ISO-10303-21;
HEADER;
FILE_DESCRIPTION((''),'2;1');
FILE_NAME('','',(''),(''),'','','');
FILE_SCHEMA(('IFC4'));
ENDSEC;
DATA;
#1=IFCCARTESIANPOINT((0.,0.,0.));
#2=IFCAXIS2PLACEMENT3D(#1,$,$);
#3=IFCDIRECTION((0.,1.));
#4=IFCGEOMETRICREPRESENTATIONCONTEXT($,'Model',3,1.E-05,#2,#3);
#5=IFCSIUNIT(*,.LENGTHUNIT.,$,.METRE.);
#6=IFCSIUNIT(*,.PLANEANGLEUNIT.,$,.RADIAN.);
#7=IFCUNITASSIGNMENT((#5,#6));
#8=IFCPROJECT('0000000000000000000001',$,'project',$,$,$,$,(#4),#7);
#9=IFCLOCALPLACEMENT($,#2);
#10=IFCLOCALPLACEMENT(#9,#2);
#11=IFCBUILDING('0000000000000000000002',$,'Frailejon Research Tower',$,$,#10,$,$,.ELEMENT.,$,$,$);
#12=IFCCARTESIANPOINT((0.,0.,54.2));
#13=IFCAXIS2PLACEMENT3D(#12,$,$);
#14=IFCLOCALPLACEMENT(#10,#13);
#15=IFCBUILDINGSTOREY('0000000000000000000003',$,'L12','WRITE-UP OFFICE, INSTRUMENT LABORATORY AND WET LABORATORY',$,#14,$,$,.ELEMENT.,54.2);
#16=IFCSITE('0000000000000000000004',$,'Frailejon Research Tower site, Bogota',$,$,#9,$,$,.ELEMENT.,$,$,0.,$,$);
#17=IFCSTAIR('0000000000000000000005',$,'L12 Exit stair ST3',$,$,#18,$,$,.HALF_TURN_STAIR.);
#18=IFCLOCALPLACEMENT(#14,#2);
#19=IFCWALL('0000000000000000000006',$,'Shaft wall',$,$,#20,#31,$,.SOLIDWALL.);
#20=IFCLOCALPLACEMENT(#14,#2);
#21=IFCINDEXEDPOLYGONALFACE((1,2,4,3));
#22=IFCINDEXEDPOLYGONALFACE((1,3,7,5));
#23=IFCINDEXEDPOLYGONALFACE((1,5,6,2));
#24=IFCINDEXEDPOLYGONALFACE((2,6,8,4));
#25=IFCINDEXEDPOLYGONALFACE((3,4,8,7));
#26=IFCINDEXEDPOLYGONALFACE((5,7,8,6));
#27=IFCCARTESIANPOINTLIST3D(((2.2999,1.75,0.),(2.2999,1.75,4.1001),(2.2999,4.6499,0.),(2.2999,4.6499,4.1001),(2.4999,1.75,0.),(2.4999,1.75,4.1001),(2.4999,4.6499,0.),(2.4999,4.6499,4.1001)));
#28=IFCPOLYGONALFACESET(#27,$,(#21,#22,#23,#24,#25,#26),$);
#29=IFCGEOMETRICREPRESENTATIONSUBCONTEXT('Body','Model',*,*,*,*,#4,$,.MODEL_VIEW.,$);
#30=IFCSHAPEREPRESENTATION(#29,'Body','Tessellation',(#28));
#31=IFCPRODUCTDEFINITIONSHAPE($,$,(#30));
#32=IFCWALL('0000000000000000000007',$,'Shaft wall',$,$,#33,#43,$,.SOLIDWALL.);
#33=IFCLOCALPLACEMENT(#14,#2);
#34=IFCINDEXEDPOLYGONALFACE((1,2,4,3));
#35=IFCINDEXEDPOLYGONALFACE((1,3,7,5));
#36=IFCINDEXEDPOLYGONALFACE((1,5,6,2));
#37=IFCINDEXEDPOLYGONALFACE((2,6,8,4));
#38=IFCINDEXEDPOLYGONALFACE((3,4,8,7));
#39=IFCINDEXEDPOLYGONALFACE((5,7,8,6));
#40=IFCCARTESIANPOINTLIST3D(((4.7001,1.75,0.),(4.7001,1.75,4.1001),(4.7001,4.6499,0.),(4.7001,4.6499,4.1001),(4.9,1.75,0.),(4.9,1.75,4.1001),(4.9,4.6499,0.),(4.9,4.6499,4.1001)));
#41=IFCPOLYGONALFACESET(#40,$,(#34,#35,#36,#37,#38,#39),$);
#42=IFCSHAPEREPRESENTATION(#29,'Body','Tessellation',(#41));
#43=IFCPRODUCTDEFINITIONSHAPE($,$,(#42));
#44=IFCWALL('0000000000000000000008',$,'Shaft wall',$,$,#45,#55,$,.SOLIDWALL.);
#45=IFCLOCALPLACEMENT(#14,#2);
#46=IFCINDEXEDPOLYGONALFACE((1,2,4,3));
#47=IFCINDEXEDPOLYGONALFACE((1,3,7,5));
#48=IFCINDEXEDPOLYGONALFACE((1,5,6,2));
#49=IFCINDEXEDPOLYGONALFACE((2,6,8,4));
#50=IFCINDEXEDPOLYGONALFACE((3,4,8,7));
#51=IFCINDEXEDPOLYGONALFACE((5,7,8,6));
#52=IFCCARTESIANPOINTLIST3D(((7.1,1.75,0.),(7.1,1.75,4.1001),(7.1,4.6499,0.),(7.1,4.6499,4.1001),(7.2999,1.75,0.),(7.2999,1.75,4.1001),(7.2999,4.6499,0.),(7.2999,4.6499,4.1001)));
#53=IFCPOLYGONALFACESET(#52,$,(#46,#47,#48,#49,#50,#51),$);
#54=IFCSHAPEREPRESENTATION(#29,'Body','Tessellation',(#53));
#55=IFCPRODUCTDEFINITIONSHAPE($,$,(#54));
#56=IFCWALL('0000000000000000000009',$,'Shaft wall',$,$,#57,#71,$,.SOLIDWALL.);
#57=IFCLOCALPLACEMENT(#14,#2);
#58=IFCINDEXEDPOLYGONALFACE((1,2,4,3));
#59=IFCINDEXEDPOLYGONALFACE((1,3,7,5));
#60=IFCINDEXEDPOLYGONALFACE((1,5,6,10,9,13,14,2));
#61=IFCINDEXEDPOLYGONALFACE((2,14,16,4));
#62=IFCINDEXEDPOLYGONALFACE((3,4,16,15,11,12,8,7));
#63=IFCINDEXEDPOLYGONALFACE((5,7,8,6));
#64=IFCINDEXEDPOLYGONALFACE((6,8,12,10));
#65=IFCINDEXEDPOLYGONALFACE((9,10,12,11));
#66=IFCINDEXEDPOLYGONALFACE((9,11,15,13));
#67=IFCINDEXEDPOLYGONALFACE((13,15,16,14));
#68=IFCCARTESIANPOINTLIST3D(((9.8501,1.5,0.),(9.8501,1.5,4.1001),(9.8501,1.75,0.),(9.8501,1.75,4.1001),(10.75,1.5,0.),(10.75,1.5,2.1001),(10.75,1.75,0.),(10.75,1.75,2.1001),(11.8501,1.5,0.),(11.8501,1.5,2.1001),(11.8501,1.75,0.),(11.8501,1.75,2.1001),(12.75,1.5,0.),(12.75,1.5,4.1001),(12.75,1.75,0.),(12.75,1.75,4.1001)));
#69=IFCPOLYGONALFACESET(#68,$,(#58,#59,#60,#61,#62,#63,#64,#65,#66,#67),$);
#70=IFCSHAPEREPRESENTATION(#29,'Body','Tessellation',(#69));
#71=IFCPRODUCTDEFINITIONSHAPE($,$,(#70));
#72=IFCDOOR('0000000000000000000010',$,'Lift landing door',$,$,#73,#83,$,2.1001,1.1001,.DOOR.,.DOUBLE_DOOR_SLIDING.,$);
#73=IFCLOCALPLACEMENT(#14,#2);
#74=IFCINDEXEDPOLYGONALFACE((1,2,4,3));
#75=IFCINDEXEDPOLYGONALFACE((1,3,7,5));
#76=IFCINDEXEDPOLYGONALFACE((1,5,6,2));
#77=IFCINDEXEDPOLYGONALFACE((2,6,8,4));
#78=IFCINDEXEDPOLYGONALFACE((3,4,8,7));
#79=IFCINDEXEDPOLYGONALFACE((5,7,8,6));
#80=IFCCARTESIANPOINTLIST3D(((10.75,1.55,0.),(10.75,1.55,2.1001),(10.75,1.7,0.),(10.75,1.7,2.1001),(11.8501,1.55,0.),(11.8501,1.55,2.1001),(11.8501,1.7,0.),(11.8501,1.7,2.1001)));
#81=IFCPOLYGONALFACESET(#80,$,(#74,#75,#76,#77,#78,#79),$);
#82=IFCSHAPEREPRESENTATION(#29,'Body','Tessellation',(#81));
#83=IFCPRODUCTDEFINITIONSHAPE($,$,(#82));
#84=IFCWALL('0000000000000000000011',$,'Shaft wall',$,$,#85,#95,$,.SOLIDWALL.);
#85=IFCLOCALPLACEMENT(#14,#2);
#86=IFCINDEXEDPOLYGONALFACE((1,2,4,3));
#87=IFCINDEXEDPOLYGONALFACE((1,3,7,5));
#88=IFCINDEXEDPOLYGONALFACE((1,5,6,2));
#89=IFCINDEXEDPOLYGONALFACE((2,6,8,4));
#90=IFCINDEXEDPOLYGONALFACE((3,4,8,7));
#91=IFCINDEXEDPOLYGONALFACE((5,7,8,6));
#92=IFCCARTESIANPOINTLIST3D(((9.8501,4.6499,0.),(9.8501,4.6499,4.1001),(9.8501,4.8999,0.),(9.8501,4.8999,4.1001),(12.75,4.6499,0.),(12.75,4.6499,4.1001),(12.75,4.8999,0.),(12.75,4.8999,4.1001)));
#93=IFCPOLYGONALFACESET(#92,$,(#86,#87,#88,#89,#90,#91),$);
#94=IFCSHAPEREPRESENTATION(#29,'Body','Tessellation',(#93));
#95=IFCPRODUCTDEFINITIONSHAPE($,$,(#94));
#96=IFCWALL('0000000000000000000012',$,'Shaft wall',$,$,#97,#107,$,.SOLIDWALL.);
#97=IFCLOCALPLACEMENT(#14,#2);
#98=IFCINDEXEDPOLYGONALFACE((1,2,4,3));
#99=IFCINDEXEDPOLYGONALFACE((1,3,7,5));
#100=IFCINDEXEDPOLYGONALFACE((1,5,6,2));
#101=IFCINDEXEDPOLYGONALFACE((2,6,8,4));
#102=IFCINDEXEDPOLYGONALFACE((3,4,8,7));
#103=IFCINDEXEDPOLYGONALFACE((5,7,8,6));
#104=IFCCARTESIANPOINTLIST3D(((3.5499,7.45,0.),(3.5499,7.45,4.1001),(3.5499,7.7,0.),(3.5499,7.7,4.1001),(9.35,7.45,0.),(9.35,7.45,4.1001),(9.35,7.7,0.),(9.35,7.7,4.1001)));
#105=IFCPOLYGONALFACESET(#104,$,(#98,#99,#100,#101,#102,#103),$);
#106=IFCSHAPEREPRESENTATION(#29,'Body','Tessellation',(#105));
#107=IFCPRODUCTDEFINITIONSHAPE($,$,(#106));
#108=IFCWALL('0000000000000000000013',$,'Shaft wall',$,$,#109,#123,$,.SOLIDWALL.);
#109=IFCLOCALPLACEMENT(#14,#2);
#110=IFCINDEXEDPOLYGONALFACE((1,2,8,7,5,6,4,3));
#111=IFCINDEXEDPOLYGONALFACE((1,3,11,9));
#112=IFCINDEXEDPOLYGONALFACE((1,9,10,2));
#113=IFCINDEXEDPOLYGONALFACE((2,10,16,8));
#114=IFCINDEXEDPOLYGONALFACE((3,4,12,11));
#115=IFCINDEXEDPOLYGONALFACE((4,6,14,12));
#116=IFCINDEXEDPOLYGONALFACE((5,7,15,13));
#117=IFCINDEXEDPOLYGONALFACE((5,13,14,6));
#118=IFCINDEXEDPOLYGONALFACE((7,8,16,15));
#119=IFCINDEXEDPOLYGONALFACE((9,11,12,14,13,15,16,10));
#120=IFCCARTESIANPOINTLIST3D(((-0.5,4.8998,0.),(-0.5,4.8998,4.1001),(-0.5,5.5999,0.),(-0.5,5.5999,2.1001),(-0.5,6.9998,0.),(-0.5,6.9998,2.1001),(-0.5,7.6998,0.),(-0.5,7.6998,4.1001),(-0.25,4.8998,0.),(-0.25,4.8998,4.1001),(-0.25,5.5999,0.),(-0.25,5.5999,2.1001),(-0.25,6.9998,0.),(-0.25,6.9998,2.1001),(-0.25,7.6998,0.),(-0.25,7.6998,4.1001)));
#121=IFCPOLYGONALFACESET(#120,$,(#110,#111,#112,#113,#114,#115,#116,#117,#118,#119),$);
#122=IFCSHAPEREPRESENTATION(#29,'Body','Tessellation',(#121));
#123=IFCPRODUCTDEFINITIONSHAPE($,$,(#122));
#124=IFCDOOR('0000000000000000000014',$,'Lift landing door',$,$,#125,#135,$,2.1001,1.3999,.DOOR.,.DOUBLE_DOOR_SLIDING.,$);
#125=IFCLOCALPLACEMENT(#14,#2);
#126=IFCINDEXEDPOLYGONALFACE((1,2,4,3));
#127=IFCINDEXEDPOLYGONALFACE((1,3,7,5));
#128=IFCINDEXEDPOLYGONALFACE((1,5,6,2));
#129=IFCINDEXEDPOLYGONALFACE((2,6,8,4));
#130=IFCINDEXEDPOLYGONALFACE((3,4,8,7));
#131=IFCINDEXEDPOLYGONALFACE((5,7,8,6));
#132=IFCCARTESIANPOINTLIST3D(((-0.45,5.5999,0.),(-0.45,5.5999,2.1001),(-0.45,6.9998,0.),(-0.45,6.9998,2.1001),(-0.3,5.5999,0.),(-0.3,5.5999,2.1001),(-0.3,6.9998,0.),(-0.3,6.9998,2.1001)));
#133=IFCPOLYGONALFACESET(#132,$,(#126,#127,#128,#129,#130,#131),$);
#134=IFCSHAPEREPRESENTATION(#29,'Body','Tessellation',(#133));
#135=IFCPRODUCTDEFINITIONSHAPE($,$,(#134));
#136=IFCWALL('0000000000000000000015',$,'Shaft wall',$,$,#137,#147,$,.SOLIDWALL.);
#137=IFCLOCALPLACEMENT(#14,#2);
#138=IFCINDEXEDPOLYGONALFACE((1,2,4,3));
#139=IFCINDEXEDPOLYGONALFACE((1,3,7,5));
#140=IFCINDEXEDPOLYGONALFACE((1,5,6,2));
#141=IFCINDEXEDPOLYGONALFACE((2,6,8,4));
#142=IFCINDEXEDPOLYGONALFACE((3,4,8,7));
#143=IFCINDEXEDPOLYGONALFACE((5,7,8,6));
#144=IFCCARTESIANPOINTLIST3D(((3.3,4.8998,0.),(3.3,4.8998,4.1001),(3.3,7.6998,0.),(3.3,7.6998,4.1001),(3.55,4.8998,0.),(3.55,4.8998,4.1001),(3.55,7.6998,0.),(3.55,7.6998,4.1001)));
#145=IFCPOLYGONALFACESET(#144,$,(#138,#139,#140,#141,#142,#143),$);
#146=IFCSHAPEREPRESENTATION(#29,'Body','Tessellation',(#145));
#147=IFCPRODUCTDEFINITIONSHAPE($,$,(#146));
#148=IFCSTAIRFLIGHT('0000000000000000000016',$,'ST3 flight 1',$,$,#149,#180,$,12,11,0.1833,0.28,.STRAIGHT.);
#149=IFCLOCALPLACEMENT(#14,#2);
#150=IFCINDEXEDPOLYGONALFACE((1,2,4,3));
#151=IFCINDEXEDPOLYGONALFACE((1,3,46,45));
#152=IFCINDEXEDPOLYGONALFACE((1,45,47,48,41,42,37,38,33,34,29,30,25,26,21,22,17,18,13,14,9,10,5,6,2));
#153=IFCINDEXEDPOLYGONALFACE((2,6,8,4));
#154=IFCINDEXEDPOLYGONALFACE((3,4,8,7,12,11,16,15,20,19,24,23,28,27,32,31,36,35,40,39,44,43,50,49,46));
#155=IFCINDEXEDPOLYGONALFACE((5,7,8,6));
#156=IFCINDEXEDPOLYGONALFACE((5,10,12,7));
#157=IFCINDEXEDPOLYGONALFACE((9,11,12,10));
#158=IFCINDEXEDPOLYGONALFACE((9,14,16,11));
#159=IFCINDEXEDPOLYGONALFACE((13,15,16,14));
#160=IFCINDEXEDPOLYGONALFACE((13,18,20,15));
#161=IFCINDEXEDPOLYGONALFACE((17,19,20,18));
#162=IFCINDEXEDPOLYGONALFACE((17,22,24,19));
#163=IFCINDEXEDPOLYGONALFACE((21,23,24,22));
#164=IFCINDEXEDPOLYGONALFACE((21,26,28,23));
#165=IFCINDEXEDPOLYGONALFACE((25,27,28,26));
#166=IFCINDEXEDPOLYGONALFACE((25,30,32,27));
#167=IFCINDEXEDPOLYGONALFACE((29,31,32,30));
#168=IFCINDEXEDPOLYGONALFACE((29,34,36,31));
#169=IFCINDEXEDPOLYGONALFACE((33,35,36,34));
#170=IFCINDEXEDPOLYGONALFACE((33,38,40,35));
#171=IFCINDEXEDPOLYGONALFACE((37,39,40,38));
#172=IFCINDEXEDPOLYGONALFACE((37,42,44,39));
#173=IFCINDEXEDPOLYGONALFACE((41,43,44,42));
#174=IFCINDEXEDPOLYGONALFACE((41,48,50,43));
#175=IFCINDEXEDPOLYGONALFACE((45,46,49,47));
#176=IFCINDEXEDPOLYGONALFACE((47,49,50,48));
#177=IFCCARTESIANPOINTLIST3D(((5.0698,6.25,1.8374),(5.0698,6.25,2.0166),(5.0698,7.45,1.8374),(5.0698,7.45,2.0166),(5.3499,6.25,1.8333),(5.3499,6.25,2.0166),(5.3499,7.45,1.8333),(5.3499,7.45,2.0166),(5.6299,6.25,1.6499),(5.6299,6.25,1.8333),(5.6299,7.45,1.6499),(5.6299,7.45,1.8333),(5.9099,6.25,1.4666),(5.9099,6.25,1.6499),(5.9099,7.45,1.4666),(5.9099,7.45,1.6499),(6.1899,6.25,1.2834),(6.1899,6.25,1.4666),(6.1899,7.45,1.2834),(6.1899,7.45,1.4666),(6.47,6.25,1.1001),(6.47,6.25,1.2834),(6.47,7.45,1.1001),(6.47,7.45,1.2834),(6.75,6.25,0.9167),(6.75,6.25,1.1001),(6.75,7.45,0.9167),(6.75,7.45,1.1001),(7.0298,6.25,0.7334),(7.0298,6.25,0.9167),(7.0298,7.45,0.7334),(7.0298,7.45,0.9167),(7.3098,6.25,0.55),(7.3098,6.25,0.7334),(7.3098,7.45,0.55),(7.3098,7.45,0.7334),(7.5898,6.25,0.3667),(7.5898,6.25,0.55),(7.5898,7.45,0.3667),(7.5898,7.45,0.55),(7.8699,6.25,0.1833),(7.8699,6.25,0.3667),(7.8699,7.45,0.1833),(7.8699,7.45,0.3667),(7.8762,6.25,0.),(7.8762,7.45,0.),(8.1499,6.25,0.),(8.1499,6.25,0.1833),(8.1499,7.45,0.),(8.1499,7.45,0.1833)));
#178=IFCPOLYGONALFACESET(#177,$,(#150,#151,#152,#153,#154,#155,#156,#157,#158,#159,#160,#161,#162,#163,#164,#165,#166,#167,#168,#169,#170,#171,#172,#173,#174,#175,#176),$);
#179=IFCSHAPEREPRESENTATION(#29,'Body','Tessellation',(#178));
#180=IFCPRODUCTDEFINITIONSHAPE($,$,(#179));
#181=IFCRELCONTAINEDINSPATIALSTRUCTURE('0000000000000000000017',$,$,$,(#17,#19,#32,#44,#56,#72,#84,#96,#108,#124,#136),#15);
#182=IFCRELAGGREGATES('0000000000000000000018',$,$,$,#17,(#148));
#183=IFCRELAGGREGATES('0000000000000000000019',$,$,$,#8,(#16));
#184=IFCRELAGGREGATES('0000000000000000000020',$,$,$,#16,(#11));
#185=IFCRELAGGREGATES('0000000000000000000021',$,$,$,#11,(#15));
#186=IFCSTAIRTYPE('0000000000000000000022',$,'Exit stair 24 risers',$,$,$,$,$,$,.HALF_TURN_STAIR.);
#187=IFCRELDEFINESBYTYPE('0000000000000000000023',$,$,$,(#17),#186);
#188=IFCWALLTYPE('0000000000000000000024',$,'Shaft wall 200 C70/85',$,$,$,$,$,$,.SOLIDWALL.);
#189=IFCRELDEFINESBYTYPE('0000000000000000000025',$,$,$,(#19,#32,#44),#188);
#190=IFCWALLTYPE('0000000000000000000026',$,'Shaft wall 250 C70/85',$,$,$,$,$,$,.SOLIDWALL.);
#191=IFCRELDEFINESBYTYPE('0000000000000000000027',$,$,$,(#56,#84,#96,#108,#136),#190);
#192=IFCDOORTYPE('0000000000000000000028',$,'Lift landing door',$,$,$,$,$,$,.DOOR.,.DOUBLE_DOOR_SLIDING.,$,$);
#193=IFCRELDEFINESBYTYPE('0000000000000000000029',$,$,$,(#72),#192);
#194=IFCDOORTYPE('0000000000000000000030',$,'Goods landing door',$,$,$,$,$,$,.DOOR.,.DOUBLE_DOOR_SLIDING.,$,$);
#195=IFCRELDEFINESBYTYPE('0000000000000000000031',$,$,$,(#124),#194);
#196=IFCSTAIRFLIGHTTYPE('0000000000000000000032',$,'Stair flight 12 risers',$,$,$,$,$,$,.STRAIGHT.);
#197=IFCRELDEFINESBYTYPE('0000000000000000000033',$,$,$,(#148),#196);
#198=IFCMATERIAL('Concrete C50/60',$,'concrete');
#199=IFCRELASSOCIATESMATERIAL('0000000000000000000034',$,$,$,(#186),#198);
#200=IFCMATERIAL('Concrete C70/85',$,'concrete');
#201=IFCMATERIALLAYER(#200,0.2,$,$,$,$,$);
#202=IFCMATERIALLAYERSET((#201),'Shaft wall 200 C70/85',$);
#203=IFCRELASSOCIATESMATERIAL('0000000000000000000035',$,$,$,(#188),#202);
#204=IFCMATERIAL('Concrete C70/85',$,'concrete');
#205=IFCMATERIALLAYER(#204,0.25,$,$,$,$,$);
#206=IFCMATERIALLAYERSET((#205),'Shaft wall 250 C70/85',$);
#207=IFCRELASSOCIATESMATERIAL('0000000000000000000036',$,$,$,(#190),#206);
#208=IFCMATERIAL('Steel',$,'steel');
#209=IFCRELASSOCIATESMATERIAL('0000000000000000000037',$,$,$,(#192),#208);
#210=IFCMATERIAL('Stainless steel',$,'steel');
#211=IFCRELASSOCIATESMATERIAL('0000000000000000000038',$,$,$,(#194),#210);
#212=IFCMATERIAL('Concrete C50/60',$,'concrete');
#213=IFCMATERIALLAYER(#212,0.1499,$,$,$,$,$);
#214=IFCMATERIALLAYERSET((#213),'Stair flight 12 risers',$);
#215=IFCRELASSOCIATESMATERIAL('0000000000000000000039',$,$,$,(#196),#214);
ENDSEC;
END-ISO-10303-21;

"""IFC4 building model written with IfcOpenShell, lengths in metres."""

from ifc_helpers import new_model, si_unit, direction, frame, frame_2d, origin, place, context, subcontext, project, spatial, polyline, rectangle, outline, extrude, material, layer, layer_set, type_object, element, fill, aggregate, save


model = new_model("IFC4")

# Units and contexts
model_context = context("Model", 3, precision=1e-05, world=origin(), true_north=direction((0.0, 1.0)))
body_context = subcontext(model_context, "Body", "Model", "MODEL_VIEW")
ifc_project = project(units=[si_unit("LENGTHUNIT", "METRE"), si_unit("PLANEANGLEUNIT", "RADIAN")], contexts=[model_context])

# Site, building, storey
site_placement = place(None, origin())
site = spatial("IfcSite", under=ifc_project, at=site_placement, Name="Frailejon Research Tower site, Bogota", CompositionType="ELEMENT", RefElevation=0.0)
building_placement = place(site_placement, origin())
building = spatial("IfcBuilding", under=site, at=building_placement, Name="Frailejon Research Tower", CompositionType="ELEMENT")
storey_placement = place(building_placement, frame((0.0, 0.0, 54.2)))
storey = spatial("IfcBuildingStorey", under=building, at=storey_placement, Name="L12", Description="WRITE-UP OFFICE, INSTRUMENT LABORATORY AND WET LABORATORY", CompositionType="ELEMENT", Elevation=54.2)

# Stair
ifc_material_1 = material(Name="Concrete C50/60", Category="concrete")
stair_type = type_object("IfcStairType", Name="Exit stair 24 risers", PredefinedType="HALF_TURN_STAIR", material=ifc_material_1)
stair_1_placement = place(storey_placement, origin())
stair_1 = element("IfcStair", 1, at=stair_1_placement, inside=storey, type_object=stair_type, Name="L12 Exit stair ST3", PredefinedType="HALF_TURN_STAIR")

# Walls
ifc_material_2 = material(Name="Concrete C70/85", Category="concrete")
ifc_layer_1 = layer(ifc_material_2, 0.2)
ifc_layer_set_1 = layer_set([ifc_layer_1], Name="Shaft wall 200 C70/85")
wall_type_1 = type_object("IfcWallType", Name="Shaft wall 200 C70/85", PredefinedType="SOLIDWALL", material=ifc_layer_set_1)
for number, where, z_axis, x_axis, name in (
    (2, (2.3999, 1.75, 0.0), (0.0, 0.0, 1.0), (0.0, 1.0, 0.0), "Shaft wall"),
    (3, (4.8, 1.75, 0.0), (0.0, 0.0, 1.0), (0.0, 1.0, 0.0), "Shaft wall"),
    (4, (7.2, 1.75, 0.0), (0.0, 0.0, 1.0), (0.0, 1.0, 0.0), "Shaft wall"),
):
    element("IfcWall", number, at=place(storey_placement, frame(where, z_axis=z_axis, x_axis=x_axis)), inside=storey, type_object=wall_type_1, Name=name, PredefinedType="SOLIDWALL", context=body_context, shape_type="SweptSolid", body=[
        extrude(rectangle(XDim=2.8999, YDim=0.2, at=frame_2d((1.45, 0.0))), origin(), (0.0, 0.0, 1.0), 4.1001),
    ])

# Wall, opening, door
ifc_material_3 = material(Name="Concrete C70/85", Category="concrete")
ifc_layer_2 = layer(ifc_material_3, 0.25)
ifc_layer_set_2 = layer_set([ifc_layer_2], Name="Shaft wall 250 C70/85")
wall_type_2 = type_object("IfcWallType", Name="Shaft wall 250 C70/85", PredefinedType="SOLIDWALL", material=ifc_layer_set_2)
wall_1_placement = place(storey_placement, frame((9.8501, 1.625, 0.0), z_axis=(0.0, 0.0, 1.0), x_axis=(1.0, 0.0, 0.0)))
wall_1 = element("IfcWall", 5, at=wall_1_placement, inside=storey, type_object=wall_type_2, Name="Shaft wall", PredefinedType="SOLIDWALL", context=body_context, shape_type="SweptSolid", body=[
    extrude(rectangle(XDim=2.8999, YDim=0.25, at=frame_2d((1.45, 0.0))), origin(), (0.0, 0.0, 1.0), 4.1001),
])
opening_1_placement = place(wall_1_placement, frame((0.8999, 0.0, 0.0)))
opening_1 = element("IfcOpeningElement", 6, at=opening_1_placement, cuts=wall_1, PredefinedType="OPENING", context=body_context, shape_type="SweptSolid", body=[
    extrude(rectangle(XDim=1.1001, YDim=2.1001, at=frame_2d((0.55, 1.05))), frame((0.0, 0.135, 0.0), z_axis=(0.0, -1.0, 0.0), x_axis=(1.0, 0.0, 0.0)), (0.0, 0.0, 1.0), 0.27),
])
ifc_material_4 = material(Name="Steel", Category="steel")
door_type_1 = type_object("IfcDoorType", Name="Lift landing door", OperationType="DOUBLE_DOOR_SLIDING", PredefinedType="DOOR", material=ifc_material_4)
door_1_placement = place(opening_1_placement, origin())
door_1 = element("IfcDoor", 7, at=door_1_placement, inside=storey, type_object=door_type_1, Name="Lift landing door", OperationType="DOUBLE_DOOR_SLIDING", OverallHeight=2.1001, OverallWidth=1.1001, PredefinedType="DOOR", context=body_context, shape_type="SweptSolid", body=[
    extrude(rectangle(XDim=1.1001, YDim=2.1001, at=frame_2d((0.55, 1.05))), frame((0.0, 0.075, 0.0), z_axis=(0.0, -1.0, 0.0), x_axis=(1.0, 0.0, 0.0)), (0.0, 0.0, 1.0), 0.1499),
])
fill(opening_1, door_1)

# Walls
wall_2_placement = place(storey_placement, frame((9.8501, 4.7749, 0.0), z_axis=(0.0, 0.0, 1.0), x_axis=(1.0, 0.0, 0.0)))
element("IfcWall", 8, at=wall_2_placement, inside=storey, type_object=wall_type_2, Name="Shaft wall", PredefinedType="SOLIDWALL", context=body_context, shape_type="SweptSolid", body=[
    extrude(rectangle(XDim=2.8999, YDim=0.25, at=frame_2d((1.45, 0.0))), origin(), (0.0, 0.0, 1.0), 4.1001),
])
wall_3_placement = place(storey_placement, frame((3.55, 7.575, 0.0), z_axis=(0.0, 0.0, 1.0), x_axis=(1.0, 0.0, 0.0)))
element("IfcWall", 9, at=wall_3_placement, inside=storey, type_object=wall_type_2, Name="Shaft wall", PredefinedType="SOLIDWALL", context=body_context, shape_type="SweptSolid", body=[
    extrude(rectangle(XDim=5.8, YDim=0.25, at=frame_2d((2.8999, 0.0))), origin(), (0.0, 0.0, 1.0), 4.1001),
])

# Wall, opening, door
wall_4_placement = place(storey_placement, frame((-0.375, 4.8999, 0.0), z_axis=(0.0, 0.0, 1.0), x_axis=(0.0, 1.0, 0.0)))
wall_4 = element("IfcWall", 10, at=wall_4_placement, inside=storey, type_object=wall_type_2, Name="Shaft wall", PredefinedType="SOLIDWALL", context=body_context, shape_type="SweptSolid", body=[
    extrude(rectangle(XDim=2.8, YDim=0.25, at=frame_2d((1.3999, 0.0))), origin(), (0.0, 0.0, 1.0), 4.1001),
])
opening_2_placement = place(wall_4_placement, frame((0.7, 0.0, 0.0)))
opening_2 = element("IfcOpeningElement", 11, at=opening_2_placement, cuts=wall_4, PredefinedType="OPENING", context=body_context, shape_type="SweptSolid", body=[
    extrude(rectangle(XDim=1.3999, YDim=2.1001, at=frame_2d((0.7, 1.05))), frame((0.0, 0.135, 0.0), z_axis=(0.0, -1.0, 0.0), x_axis=(1.0, 0.0, 0.0)), (0.0, 0.0, 1.0), 0.27),
])
ifc_material_5 = material(Name="Stainless steel", Category="steel")
door_type_2 = type_object("IfcDoorType", Name="Goods landing door", OperationType="DOUBLE_DOOR_SLIDING", PredefinedType="DOOR", material=ifc_material_5)
door_2_placement = place(opening_2_placement, origin())
door_2 = element("IfcDoor", 12, at=door_2_placement, inside=storey, type_object=door_type_2, Name="Lift landing door", OperationType="DOUBLE_DOOR_SLIDING", OverallHeight=2.1001, OverallWidth=1.3999, PredefinedType="DOOR", context=body_context, shape_type="SweptSolid", body=[
    extrude(rectangle(XDim=1.3999, YDim=2.1001, at=frame_2d((0.7, 1.05))), frame((0.0, 0.075, 0.0), z_axis=(0.0, -1.0, 0.0), x_axis=(1.0, 0.0, 0.0)), (0.0, 0.0, 1.0), 0.1499),
])
fill(opening_2, door_2)

# Wall
wall_5_placement = place(storey_placement, frame((3.425, 4.8999, 0.0), z_axis=(0.0, 0.0, 1.0), x_axis=(0.0, 1.0, 0.0)))
element("IfcWall", 13, at=wall_5_placement, inside=storey, type_object=wall_type_2, Name="Shaft wall", PredefinedType="SOLIDWALL", context=body_context, shape_type="SweptSolid", body=[
    extrude(rectangle(XDim=2.8, YDim=0.25, at=frame_2d((1.3999, 0.0))), origin(), (0.0, 0.0, 1.0), 4.1001),
])

# Stair flight
ifc_material_6 = material(Name="Concrete C50/60", Category="concrete")
ifc_layer_3 = layer(ifc_material_6, 0.1499)
ifc_layer_set_3 = layer_set([ifc_layer_3], Name="Stair flight 12 risers")
stair_flight_type = type_object("IfcStairFlightType", Name="Stair flight 12 risers", PredefinedType="STRAIGHT", material=ifc_layer_set_3)
stair_flight_1_placement = place(storey_placement, frame((8.1499, 6.8501, 0.0), z_axis=(0.0, 0.0, 1.0), x_axis=(-1.0, 0.0, 0.0)))
stair_flight_1 = element("IfcStairFlight", 14, at=stair_flight_1_placement, type_object=stair_flight_type, Name="ST3 flight 1", NumberOfRisers=12, NumberOfTreads=11, PredefinedType="STRAIGHT", RiserHeight=0.1833, TreadLength=0.28, context=body_context, shape_type="SweptSolid", body=[
    extrude(outline(polyline([(0.0, 0.0), (0.0, 0.1833), (0.28, 0.1833), (0.28, 0.3667), (0.5601, 0.3667), (0.5601, 0.55), (0.8401, 0.55), (0.8401, 0.7334), (1.1201, 0.7334), (1.1201, 0.9167), (1.3999, 0.9167), (1.3999, 1.1001), (1.6799, 1.1001), (1.6799, 1.2834), (1.96, 1.2834), (1.96, 1.4666), (2.24, 1.4666), (2.24, 1.6499), (2.52, 1.6499), (2.52, 1.8333), (2.8, 1.8333), (2.8, 2.0166), (3.0801, 2.0166), (3.0801, 2.2), (3.0801, 1.8374), (0.2737, 0.0), (0.0, 0.0)])), frame((0.0, 0.6001, 0.0), z_axis=(0.0, -1.0, 0.0), x_axis=(1.0, 0.0, 0.0)), (0.0, 0.0, 1.0), 1.2),
])
aggregate(stair_1, [stair_flight_1])

save(model, "model.ifc")
